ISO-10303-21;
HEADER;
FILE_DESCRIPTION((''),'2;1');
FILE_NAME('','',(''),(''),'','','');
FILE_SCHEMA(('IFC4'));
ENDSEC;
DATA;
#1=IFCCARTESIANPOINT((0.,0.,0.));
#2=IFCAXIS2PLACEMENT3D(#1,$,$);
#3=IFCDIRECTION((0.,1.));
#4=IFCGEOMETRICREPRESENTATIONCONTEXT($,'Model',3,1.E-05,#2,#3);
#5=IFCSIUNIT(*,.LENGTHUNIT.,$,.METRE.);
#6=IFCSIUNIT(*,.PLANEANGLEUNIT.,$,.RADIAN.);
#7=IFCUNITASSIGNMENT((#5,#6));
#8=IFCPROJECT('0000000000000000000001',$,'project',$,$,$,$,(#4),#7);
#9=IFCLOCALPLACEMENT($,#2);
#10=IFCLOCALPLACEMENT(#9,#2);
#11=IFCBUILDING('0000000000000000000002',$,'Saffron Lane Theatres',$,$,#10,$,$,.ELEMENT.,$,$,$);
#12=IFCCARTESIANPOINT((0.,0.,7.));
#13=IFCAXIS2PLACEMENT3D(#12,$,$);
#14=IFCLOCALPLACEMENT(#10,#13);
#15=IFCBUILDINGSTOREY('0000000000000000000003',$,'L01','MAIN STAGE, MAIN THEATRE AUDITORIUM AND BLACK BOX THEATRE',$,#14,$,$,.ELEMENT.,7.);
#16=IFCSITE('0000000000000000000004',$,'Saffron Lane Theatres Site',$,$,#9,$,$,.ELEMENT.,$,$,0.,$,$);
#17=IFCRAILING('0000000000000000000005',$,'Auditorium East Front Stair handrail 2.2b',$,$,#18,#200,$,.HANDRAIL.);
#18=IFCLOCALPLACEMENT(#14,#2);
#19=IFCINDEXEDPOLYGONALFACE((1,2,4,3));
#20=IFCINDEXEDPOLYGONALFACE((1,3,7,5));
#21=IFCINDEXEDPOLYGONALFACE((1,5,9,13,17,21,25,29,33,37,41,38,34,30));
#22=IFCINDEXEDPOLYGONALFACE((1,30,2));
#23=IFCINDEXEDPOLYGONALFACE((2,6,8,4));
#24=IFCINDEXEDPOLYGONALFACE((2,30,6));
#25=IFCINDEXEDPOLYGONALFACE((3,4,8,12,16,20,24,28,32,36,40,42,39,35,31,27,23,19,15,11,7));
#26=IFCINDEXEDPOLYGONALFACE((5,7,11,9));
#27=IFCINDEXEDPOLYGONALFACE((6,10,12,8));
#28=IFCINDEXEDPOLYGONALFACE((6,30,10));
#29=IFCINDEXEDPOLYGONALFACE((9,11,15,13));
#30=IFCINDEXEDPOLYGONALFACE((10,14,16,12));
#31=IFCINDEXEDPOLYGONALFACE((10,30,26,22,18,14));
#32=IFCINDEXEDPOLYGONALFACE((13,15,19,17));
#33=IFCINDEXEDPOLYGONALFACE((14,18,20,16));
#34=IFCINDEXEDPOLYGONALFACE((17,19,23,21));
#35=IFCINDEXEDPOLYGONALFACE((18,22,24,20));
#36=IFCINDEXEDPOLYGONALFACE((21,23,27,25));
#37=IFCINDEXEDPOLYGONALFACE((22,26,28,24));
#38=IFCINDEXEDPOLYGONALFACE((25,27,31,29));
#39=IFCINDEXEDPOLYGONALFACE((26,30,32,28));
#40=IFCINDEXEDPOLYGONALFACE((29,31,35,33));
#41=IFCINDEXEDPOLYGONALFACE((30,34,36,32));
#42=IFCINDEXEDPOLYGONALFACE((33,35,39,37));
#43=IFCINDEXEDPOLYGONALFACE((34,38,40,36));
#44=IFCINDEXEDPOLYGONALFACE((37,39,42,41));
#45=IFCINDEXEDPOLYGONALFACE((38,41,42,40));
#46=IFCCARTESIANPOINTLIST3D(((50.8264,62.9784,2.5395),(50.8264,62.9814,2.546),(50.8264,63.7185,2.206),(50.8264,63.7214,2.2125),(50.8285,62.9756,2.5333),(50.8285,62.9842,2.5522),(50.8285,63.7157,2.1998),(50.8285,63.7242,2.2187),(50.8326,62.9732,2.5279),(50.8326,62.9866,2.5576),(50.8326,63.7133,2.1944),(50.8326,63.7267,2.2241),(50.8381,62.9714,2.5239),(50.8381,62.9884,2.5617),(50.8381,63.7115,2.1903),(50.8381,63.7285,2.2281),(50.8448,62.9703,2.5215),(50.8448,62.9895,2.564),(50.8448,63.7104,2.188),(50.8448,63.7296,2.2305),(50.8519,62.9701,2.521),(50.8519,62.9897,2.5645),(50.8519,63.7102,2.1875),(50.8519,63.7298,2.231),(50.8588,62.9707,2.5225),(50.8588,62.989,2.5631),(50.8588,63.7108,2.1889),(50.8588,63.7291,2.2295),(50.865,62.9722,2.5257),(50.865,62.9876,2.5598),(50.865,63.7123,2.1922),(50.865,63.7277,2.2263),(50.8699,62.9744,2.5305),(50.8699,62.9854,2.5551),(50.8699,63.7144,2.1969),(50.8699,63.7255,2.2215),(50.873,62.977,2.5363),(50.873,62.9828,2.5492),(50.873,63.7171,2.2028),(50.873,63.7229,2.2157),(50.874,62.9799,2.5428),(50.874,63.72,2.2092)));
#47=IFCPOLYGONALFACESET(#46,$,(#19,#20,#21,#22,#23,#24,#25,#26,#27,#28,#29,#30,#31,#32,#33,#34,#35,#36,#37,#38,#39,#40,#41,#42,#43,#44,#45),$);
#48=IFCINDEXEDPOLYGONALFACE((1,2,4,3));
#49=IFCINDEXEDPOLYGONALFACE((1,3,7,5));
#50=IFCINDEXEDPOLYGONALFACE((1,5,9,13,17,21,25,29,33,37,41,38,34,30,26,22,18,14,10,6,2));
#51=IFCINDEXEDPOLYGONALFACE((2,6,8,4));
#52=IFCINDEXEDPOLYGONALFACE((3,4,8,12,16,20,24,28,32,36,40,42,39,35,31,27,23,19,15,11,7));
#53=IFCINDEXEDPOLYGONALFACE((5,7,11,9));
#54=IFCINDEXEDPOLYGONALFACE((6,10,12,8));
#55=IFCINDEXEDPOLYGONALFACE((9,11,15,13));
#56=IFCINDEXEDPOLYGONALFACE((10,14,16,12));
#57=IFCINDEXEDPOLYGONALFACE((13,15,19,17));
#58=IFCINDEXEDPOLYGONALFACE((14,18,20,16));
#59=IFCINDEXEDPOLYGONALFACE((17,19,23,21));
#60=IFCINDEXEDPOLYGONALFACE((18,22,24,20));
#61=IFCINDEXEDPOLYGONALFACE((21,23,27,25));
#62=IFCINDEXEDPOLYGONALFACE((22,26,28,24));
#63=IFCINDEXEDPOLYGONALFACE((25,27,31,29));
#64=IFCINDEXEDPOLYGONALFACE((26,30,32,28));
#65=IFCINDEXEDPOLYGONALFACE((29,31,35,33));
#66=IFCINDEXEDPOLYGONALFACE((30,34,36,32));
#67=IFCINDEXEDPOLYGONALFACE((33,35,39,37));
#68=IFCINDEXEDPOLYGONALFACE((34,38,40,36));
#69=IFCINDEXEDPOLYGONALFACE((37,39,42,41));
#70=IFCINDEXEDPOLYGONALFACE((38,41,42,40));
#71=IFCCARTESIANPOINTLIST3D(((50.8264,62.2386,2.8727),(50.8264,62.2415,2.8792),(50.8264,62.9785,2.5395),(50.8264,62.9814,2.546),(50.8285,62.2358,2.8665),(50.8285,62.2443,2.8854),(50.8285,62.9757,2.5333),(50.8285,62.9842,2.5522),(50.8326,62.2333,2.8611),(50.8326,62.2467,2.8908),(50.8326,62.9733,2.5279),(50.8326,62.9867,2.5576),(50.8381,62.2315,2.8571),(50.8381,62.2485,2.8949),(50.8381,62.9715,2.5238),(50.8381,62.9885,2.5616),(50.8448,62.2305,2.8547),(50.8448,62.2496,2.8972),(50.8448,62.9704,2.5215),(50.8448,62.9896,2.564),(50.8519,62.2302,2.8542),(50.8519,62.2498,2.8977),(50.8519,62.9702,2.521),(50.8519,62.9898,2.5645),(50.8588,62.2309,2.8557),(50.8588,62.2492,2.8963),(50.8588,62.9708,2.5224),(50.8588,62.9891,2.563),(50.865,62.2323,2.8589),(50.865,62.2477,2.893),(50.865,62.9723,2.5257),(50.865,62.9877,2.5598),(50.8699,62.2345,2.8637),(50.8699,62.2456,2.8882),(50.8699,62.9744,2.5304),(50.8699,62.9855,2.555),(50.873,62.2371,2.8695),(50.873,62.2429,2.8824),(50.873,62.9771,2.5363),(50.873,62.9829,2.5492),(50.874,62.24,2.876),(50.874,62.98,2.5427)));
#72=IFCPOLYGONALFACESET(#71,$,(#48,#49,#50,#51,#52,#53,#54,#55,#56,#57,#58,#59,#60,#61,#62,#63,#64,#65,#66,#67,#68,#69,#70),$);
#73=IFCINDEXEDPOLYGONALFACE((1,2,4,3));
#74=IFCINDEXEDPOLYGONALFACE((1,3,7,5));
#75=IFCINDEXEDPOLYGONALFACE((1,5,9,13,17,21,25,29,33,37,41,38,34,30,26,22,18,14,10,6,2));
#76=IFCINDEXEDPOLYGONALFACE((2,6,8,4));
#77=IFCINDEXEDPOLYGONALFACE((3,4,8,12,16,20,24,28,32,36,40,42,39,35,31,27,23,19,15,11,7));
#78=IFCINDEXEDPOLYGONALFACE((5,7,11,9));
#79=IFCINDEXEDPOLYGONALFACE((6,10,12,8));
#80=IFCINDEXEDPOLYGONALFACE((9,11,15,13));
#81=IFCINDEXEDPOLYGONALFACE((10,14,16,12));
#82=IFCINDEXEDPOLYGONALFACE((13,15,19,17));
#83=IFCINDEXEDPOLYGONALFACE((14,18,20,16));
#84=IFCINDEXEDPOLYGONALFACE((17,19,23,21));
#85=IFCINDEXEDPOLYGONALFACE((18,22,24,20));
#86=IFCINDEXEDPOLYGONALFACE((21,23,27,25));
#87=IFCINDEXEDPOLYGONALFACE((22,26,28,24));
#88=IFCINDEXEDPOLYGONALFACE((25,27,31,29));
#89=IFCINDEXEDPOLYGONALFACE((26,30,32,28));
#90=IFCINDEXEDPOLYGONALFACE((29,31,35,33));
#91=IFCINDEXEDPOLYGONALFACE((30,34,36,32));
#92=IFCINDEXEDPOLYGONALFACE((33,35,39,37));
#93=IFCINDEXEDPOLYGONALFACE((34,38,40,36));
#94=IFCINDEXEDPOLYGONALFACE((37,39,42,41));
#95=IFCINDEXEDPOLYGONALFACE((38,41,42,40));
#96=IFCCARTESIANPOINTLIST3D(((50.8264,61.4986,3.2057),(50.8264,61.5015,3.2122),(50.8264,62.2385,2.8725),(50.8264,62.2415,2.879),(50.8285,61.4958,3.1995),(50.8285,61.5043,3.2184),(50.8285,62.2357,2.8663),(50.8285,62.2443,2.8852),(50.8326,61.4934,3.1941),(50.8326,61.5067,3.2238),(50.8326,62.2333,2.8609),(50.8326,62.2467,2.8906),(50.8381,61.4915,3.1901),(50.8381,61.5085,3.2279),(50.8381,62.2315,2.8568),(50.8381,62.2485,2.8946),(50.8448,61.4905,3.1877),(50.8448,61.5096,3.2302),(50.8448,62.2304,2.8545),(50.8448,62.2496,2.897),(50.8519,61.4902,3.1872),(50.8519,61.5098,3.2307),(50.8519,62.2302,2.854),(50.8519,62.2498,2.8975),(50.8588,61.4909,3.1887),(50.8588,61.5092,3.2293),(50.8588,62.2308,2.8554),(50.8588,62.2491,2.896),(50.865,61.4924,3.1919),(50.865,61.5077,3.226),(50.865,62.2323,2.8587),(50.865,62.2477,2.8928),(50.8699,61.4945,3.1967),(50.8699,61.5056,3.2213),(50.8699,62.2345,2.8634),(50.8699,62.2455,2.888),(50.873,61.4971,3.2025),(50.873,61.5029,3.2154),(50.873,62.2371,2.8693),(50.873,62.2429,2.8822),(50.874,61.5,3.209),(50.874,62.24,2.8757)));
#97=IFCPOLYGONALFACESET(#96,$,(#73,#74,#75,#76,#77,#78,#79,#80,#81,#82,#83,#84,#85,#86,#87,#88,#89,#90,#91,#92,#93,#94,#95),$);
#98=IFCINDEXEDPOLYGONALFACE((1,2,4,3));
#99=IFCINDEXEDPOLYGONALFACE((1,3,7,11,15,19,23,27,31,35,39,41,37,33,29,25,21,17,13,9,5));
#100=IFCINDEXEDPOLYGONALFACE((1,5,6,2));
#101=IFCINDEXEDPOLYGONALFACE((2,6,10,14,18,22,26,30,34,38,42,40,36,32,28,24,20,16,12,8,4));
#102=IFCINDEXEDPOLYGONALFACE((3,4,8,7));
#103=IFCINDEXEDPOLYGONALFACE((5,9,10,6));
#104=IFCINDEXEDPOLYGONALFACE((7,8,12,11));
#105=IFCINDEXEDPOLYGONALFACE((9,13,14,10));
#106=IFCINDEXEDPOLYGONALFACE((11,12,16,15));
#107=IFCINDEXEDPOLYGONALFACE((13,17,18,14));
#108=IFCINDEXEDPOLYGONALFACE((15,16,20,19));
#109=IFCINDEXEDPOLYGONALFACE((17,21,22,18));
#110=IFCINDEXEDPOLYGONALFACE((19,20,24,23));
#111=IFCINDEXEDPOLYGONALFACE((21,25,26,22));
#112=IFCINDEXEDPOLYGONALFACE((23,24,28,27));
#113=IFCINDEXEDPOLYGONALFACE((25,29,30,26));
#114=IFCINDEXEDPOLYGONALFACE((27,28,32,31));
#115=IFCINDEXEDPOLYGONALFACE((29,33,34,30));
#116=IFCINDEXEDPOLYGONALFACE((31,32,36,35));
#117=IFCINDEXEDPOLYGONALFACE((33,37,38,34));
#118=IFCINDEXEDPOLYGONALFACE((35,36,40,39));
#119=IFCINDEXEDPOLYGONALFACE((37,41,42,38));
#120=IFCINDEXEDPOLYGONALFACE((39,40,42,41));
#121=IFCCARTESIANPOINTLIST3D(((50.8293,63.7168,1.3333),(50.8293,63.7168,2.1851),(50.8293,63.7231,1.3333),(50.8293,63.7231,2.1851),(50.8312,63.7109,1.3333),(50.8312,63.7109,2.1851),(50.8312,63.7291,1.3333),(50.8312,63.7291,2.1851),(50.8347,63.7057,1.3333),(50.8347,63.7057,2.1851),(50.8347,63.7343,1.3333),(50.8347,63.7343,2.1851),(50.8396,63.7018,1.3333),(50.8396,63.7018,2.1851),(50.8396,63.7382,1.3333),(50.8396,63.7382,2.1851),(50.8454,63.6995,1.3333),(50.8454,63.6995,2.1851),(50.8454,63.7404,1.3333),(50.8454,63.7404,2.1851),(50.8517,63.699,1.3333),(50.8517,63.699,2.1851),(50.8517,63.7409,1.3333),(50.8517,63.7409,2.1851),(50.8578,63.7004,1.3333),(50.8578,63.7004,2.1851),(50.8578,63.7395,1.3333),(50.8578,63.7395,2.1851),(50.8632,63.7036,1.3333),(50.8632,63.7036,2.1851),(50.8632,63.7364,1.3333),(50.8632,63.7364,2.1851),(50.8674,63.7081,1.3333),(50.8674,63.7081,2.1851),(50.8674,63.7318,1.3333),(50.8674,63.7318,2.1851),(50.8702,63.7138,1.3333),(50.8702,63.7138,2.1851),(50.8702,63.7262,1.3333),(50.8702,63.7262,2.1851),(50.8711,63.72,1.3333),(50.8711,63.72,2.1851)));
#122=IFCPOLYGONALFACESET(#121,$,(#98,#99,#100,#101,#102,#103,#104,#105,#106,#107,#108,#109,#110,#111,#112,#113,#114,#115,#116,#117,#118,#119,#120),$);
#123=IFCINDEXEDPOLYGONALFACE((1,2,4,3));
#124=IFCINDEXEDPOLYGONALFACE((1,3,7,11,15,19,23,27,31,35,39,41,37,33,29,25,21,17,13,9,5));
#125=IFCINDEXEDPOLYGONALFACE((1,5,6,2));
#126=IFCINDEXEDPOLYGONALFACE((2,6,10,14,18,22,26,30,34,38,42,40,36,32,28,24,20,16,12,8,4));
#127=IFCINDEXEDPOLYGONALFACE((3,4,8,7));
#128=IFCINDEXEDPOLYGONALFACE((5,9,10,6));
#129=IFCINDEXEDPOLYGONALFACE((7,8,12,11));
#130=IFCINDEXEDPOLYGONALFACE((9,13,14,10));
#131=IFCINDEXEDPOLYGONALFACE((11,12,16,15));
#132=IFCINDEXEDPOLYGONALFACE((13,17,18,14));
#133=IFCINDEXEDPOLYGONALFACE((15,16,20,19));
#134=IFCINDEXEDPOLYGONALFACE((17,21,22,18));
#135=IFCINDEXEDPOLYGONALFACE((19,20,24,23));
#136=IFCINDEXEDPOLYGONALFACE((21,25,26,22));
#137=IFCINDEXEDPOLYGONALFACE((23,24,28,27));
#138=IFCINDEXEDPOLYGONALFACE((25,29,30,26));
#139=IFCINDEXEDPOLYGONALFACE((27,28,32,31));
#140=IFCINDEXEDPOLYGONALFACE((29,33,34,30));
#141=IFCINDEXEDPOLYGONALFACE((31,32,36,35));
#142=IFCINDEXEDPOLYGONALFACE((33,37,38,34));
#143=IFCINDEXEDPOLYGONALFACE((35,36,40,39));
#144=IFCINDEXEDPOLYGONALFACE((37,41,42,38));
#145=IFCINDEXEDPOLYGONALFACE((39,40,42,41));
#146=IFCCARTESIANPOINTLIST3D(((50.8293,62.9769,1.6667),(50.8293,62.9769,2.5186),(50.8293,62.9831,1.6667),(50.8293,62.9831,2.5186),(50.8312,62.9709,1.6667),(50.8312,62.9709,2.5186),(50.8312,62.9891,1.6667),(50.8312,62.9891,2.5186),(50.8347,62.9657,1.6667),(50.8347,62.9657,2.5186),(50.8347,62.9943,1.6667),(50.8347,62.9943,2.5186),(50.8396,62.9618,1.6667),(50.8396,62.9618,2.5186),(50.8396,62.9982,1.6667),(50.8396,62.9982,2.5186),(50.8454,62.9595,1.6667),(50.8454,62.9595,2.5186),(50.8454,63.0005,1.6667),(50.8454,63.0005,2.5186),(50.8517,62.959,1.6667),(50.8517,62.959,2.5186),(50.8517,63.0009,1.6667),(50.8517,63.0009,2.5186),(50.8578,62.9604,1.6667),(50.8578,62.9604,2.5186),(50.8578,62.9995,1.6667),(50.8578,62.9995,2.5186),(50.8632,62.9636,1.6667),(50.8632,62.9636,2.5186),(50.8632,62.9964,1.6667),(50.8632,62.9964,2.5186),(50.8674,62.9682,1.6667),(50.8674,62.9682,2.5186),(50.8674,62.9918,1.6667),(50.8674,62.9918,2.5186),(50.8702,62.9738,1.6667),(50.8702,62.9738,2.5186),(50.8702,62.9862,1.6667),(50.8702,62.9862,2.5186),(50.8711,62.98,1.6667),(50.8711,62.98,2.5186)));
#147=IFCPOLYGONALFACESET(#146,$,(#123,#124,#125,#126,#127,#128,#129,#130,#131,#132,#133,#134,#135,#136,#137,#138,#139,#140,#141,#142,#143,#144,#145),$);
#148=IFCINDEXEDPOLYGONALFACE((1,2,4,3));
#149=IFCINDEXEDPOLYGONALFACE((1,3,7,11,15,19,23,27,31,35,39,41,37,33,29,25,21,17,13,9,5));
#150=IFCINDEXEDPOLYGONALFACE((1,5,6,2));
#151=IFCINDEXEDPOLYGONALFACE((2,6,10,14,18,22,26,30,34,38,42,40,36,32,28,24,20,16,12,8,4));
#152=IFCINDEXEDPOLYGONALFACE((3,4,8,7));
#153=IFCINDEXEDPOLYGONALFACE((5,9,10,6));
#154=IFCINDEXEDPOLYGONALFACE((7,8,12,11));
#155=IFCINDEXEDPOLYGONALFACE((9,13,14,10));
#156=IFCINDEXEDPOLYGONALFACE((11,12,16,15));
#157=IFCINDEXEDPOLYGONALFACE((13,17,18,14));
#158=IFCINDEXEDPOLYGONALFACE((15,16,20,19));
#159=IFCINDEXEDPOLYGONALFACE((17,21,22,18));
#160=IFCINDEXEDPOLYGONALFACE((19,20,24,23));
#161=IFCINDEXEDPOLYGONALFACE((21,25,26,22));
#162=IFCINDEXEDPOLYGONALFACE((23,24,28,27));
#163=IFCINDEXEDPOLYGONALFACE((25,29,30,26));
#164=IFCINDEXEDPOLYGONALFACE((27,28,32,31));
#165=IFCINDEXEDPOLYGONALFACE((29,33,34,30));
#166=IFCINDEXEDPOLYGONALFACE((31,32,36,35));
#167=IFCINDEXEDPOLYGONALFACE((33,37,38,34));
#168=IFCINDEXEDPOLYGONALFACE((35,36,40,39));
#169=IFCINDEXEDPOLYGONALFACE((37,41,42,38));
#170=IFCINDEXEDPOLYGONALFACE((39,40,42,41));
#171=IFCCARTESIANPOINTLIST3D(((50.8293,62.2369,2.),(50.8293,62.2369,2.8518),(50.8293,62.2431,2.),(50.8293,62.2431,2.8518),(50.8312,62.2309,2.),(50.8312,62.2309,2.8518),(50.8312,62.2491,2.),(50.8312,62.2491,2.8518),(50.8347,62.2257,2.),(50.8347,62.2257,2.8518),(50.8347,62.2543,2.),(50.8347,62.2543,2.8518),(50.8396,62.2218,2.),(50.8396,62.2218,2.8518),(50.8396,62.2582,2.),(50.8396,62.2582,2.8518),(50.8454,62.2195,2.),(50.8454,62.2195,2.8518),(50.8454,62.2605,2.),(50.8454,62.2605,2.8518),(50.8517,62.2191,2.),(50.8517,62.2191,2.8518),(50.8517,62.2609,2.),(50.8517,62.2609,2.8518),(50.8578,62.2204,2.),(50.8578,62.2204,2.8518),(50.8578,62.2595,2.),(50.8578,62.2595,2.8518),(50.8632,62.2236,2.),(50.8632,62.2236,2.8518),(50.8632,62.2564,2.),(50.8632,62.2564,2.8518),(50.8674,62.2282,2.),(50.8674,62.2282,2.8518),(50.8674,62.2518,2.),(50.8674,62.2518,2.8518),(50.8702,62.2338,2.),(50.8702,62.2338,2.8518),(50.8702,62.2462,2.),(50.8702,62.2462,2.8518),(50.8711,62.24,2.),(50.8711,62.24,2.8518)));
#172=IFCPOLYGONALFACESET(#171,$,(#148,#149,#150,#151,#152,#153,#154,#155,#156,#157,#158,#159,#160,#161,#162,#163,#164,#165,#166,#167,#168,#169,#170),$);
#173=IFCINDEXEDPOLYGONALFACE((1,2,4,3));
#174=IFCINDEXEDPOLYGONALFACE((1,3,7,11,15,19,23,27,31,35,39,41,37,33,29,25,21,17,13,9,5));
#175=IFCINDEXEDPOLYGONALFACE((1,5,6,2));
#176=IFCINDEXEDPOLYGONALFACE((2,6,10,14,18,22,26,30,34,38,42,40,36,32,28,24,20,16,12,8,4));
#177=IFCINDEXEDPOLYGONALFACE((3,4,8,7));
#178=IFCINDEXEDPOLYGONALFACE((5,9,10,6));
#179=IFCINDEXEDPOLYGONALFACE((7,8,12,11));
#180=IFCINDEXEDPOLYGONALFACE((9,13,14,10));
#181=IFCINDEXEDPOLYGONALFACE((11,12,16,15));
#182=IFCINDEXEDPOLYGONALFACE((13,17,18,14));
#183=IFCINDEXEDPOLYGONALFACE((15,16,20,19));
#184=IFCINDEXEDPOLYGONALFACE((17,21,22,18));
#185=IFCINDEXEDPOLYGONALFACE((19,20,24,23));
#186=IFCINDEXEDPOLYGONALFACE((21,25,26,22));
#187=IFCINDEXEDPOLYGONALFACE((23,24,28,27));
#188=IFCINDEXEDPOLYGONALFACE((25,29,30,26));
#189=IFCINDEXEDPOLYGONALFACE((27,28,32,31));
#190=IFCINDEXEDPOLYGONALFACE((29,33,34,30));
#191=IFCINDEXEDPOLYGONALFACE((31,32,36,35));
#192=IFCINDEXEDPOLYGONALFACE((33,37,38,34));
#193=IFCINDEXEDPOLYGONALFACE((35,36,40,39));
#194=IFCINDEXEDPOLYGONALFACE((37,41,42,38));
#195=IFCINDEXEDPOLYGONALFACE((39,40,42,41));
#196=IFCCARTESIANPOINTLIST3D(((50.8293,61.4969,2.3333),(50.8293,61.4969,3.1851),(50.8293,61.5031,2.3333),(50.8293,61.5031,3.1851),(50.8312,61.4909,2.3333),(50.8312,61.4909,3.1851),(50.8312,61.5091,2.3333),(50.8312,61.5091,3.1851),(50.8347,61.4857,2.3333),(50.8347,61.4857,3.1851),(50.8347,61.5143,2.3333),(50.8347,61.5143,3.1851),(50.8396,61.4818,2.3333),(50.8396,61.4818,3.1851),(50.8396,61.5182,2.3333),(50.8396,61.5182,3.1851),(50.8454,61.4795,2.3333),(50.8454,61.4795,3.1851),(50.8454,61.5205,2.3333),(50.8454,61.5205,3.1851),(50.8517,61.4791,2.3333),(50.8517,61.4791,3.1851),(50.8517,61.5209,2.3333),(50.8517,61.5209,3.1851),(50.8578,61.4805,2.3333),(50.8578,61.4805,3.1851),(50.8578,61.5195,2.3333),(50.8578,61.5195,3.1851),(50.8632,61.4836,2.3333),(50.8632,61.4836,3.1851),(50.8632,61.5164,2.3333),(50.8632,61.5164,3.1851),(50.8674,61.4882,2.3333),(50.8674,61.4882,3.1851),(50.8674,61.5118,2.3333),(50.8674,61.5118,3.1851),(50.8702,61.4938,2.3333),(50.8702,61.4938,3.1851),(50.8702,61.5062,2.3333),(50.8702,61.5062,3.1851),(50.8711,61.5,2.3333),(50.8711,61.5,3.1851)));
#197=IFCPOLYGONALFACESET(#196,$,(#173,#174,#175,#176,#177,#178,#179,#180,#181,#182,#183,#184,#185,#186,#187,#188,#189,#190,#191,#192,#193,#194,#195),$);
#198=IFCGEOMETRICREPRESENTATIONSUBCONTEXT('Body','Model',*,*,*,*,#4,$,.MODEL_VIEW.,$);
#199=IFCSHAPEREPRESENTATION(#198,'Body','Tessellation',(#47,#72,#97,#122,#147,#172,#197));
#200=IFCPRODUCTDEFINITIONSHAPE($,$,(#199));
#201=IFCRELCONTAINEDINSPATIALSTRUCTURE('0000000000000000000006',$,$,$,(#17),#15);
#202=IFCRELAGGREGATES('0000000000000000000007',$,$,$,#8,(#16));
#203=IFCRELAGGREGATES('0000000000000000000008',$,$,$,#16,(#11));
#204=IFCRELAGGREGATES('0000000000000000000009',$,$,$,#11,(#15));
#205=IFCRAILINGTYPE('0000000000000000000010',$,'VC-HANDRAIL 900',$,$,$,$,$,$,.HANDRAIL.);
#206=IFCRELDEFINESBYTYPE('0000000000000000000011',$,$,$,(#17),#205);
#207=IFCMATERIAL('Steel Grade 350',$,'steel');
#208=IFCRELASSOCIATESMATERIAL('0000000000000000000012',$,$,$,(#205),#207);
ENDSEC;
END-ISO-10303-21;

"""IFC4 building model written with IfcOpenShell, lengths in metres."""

from ifc_helpers import new_model, si_unit, direction, frame, origin, origin_2d, place, context, subcontext, project, spatial, circle, extrude, material, type_object, element, save


model = new_model("IFC4")

# Units and contexts
model_context = context("Model", 3, precision=1e-05, world=origin(), true_north=direction((0.0, 1.0)))
body_context = subcontext(model_context, "Body", "Model", "MODEL_VIEW")
ifc_project = project(units=[si_unit("LENGTHUNIT", "METRE"), si_unit("PLANEANGLEUNIT", "RADIAN")], contexts=[model_context])

# Site, building, storey
site_placement = place(None, origin())
site = spatial("IfcSite", under=ifc_project, at=site_placement, Name="Saffron Lane Theatres Site", CompositionType="ELEMENT", RefElevation=0.0)
building_placement = place(site_placement, origin())
building = spatial("IfcBuilding", under=site, at=building_placement, Name="Saffron Lane Theatres", CompositionType="ELEMENT")
storey_placement = place(building_placement, frame((0.0, 0.0, 7.0)))
storey = spatial("IfcBuildingStorey", under=building, at=storey_placement, Name="L01", Description="MAIN STAGE, MAIN THEATRE AUDITORIUM AND BLACK BOX THEATRE", CompositionType="ELEMENT", Elevation=7.0)

# Railing
ifc_material_1 = material(Name="Steel Grade 350", Category="steel")
railing_type_1 = type_object("IfcRailingType", Name="VC-HANDRAIL 900", PredefinedType="HANDRAIL", material=ifc_material_1)
for number, where, name in (
    (1, (50.8501, 63.72, 1.3333), "Auditorium East Front Stair handrail 2.2b"),
):
    element("IfcRailing", number, at=place(storey_placement, frame(where)), inside=storey, type_object=railing_type_1, Name=name, PredefinedType="HANDRAIL", context=body_context, shape_type="SweptSolid", body=[
        extrude(circle(Radius=0.0239, at=origin_2d()), frame((0.0, 0.0, 0.876), z_axis=(0.0, -0.911691, 0.410877), x_axis=(1.0, 0.0, 0.0)), (0.0, 0.0, 1.0), 0.8118),
        extrude(circle(Radius=0.0239, at=origin_2d()), frame((0.0, -0.74, 1.2095), z_axis=(0.0, -0.911803, 0.410627), x_axis=(1.0, 0.0, 0.0)), (0.0, 0.0, 1.0), 0.8115),
        extrude(circle(Radius=0.0239, at=origin_2d()), frame((0.0, -1.48, 1.5425), z_axis=(0.0, -0.911803, 0.410627), x_axis=(1.0, 0.0, 0.0)), (0.0, 0.0, 1.0), 0.8115),
        extrude(circle(Radius=0.021, at=origin_2d()), origin(), (0.0, 0.0, 1.0), 0.8518),
        extrude(circle(Radius=0.021, at=origin_2d()), frame((0.0, -0.74, 0.3335)), (0.0, 0.0, 1.0), 0.8518),
        extrude(circle(Radius=0.021, at=origin_2d()), frame((0.0, -1.48, 0.6667)), (0.0, 0.0, 1.0), 0.8518),
        extrude(circle(Radius=0.021, at=origin_2d()), frame((0.0, -2.22, 1.0)), (0.0, 0.0, 1.0), 0.8518),
    ])

save(model, "model.ifc")
